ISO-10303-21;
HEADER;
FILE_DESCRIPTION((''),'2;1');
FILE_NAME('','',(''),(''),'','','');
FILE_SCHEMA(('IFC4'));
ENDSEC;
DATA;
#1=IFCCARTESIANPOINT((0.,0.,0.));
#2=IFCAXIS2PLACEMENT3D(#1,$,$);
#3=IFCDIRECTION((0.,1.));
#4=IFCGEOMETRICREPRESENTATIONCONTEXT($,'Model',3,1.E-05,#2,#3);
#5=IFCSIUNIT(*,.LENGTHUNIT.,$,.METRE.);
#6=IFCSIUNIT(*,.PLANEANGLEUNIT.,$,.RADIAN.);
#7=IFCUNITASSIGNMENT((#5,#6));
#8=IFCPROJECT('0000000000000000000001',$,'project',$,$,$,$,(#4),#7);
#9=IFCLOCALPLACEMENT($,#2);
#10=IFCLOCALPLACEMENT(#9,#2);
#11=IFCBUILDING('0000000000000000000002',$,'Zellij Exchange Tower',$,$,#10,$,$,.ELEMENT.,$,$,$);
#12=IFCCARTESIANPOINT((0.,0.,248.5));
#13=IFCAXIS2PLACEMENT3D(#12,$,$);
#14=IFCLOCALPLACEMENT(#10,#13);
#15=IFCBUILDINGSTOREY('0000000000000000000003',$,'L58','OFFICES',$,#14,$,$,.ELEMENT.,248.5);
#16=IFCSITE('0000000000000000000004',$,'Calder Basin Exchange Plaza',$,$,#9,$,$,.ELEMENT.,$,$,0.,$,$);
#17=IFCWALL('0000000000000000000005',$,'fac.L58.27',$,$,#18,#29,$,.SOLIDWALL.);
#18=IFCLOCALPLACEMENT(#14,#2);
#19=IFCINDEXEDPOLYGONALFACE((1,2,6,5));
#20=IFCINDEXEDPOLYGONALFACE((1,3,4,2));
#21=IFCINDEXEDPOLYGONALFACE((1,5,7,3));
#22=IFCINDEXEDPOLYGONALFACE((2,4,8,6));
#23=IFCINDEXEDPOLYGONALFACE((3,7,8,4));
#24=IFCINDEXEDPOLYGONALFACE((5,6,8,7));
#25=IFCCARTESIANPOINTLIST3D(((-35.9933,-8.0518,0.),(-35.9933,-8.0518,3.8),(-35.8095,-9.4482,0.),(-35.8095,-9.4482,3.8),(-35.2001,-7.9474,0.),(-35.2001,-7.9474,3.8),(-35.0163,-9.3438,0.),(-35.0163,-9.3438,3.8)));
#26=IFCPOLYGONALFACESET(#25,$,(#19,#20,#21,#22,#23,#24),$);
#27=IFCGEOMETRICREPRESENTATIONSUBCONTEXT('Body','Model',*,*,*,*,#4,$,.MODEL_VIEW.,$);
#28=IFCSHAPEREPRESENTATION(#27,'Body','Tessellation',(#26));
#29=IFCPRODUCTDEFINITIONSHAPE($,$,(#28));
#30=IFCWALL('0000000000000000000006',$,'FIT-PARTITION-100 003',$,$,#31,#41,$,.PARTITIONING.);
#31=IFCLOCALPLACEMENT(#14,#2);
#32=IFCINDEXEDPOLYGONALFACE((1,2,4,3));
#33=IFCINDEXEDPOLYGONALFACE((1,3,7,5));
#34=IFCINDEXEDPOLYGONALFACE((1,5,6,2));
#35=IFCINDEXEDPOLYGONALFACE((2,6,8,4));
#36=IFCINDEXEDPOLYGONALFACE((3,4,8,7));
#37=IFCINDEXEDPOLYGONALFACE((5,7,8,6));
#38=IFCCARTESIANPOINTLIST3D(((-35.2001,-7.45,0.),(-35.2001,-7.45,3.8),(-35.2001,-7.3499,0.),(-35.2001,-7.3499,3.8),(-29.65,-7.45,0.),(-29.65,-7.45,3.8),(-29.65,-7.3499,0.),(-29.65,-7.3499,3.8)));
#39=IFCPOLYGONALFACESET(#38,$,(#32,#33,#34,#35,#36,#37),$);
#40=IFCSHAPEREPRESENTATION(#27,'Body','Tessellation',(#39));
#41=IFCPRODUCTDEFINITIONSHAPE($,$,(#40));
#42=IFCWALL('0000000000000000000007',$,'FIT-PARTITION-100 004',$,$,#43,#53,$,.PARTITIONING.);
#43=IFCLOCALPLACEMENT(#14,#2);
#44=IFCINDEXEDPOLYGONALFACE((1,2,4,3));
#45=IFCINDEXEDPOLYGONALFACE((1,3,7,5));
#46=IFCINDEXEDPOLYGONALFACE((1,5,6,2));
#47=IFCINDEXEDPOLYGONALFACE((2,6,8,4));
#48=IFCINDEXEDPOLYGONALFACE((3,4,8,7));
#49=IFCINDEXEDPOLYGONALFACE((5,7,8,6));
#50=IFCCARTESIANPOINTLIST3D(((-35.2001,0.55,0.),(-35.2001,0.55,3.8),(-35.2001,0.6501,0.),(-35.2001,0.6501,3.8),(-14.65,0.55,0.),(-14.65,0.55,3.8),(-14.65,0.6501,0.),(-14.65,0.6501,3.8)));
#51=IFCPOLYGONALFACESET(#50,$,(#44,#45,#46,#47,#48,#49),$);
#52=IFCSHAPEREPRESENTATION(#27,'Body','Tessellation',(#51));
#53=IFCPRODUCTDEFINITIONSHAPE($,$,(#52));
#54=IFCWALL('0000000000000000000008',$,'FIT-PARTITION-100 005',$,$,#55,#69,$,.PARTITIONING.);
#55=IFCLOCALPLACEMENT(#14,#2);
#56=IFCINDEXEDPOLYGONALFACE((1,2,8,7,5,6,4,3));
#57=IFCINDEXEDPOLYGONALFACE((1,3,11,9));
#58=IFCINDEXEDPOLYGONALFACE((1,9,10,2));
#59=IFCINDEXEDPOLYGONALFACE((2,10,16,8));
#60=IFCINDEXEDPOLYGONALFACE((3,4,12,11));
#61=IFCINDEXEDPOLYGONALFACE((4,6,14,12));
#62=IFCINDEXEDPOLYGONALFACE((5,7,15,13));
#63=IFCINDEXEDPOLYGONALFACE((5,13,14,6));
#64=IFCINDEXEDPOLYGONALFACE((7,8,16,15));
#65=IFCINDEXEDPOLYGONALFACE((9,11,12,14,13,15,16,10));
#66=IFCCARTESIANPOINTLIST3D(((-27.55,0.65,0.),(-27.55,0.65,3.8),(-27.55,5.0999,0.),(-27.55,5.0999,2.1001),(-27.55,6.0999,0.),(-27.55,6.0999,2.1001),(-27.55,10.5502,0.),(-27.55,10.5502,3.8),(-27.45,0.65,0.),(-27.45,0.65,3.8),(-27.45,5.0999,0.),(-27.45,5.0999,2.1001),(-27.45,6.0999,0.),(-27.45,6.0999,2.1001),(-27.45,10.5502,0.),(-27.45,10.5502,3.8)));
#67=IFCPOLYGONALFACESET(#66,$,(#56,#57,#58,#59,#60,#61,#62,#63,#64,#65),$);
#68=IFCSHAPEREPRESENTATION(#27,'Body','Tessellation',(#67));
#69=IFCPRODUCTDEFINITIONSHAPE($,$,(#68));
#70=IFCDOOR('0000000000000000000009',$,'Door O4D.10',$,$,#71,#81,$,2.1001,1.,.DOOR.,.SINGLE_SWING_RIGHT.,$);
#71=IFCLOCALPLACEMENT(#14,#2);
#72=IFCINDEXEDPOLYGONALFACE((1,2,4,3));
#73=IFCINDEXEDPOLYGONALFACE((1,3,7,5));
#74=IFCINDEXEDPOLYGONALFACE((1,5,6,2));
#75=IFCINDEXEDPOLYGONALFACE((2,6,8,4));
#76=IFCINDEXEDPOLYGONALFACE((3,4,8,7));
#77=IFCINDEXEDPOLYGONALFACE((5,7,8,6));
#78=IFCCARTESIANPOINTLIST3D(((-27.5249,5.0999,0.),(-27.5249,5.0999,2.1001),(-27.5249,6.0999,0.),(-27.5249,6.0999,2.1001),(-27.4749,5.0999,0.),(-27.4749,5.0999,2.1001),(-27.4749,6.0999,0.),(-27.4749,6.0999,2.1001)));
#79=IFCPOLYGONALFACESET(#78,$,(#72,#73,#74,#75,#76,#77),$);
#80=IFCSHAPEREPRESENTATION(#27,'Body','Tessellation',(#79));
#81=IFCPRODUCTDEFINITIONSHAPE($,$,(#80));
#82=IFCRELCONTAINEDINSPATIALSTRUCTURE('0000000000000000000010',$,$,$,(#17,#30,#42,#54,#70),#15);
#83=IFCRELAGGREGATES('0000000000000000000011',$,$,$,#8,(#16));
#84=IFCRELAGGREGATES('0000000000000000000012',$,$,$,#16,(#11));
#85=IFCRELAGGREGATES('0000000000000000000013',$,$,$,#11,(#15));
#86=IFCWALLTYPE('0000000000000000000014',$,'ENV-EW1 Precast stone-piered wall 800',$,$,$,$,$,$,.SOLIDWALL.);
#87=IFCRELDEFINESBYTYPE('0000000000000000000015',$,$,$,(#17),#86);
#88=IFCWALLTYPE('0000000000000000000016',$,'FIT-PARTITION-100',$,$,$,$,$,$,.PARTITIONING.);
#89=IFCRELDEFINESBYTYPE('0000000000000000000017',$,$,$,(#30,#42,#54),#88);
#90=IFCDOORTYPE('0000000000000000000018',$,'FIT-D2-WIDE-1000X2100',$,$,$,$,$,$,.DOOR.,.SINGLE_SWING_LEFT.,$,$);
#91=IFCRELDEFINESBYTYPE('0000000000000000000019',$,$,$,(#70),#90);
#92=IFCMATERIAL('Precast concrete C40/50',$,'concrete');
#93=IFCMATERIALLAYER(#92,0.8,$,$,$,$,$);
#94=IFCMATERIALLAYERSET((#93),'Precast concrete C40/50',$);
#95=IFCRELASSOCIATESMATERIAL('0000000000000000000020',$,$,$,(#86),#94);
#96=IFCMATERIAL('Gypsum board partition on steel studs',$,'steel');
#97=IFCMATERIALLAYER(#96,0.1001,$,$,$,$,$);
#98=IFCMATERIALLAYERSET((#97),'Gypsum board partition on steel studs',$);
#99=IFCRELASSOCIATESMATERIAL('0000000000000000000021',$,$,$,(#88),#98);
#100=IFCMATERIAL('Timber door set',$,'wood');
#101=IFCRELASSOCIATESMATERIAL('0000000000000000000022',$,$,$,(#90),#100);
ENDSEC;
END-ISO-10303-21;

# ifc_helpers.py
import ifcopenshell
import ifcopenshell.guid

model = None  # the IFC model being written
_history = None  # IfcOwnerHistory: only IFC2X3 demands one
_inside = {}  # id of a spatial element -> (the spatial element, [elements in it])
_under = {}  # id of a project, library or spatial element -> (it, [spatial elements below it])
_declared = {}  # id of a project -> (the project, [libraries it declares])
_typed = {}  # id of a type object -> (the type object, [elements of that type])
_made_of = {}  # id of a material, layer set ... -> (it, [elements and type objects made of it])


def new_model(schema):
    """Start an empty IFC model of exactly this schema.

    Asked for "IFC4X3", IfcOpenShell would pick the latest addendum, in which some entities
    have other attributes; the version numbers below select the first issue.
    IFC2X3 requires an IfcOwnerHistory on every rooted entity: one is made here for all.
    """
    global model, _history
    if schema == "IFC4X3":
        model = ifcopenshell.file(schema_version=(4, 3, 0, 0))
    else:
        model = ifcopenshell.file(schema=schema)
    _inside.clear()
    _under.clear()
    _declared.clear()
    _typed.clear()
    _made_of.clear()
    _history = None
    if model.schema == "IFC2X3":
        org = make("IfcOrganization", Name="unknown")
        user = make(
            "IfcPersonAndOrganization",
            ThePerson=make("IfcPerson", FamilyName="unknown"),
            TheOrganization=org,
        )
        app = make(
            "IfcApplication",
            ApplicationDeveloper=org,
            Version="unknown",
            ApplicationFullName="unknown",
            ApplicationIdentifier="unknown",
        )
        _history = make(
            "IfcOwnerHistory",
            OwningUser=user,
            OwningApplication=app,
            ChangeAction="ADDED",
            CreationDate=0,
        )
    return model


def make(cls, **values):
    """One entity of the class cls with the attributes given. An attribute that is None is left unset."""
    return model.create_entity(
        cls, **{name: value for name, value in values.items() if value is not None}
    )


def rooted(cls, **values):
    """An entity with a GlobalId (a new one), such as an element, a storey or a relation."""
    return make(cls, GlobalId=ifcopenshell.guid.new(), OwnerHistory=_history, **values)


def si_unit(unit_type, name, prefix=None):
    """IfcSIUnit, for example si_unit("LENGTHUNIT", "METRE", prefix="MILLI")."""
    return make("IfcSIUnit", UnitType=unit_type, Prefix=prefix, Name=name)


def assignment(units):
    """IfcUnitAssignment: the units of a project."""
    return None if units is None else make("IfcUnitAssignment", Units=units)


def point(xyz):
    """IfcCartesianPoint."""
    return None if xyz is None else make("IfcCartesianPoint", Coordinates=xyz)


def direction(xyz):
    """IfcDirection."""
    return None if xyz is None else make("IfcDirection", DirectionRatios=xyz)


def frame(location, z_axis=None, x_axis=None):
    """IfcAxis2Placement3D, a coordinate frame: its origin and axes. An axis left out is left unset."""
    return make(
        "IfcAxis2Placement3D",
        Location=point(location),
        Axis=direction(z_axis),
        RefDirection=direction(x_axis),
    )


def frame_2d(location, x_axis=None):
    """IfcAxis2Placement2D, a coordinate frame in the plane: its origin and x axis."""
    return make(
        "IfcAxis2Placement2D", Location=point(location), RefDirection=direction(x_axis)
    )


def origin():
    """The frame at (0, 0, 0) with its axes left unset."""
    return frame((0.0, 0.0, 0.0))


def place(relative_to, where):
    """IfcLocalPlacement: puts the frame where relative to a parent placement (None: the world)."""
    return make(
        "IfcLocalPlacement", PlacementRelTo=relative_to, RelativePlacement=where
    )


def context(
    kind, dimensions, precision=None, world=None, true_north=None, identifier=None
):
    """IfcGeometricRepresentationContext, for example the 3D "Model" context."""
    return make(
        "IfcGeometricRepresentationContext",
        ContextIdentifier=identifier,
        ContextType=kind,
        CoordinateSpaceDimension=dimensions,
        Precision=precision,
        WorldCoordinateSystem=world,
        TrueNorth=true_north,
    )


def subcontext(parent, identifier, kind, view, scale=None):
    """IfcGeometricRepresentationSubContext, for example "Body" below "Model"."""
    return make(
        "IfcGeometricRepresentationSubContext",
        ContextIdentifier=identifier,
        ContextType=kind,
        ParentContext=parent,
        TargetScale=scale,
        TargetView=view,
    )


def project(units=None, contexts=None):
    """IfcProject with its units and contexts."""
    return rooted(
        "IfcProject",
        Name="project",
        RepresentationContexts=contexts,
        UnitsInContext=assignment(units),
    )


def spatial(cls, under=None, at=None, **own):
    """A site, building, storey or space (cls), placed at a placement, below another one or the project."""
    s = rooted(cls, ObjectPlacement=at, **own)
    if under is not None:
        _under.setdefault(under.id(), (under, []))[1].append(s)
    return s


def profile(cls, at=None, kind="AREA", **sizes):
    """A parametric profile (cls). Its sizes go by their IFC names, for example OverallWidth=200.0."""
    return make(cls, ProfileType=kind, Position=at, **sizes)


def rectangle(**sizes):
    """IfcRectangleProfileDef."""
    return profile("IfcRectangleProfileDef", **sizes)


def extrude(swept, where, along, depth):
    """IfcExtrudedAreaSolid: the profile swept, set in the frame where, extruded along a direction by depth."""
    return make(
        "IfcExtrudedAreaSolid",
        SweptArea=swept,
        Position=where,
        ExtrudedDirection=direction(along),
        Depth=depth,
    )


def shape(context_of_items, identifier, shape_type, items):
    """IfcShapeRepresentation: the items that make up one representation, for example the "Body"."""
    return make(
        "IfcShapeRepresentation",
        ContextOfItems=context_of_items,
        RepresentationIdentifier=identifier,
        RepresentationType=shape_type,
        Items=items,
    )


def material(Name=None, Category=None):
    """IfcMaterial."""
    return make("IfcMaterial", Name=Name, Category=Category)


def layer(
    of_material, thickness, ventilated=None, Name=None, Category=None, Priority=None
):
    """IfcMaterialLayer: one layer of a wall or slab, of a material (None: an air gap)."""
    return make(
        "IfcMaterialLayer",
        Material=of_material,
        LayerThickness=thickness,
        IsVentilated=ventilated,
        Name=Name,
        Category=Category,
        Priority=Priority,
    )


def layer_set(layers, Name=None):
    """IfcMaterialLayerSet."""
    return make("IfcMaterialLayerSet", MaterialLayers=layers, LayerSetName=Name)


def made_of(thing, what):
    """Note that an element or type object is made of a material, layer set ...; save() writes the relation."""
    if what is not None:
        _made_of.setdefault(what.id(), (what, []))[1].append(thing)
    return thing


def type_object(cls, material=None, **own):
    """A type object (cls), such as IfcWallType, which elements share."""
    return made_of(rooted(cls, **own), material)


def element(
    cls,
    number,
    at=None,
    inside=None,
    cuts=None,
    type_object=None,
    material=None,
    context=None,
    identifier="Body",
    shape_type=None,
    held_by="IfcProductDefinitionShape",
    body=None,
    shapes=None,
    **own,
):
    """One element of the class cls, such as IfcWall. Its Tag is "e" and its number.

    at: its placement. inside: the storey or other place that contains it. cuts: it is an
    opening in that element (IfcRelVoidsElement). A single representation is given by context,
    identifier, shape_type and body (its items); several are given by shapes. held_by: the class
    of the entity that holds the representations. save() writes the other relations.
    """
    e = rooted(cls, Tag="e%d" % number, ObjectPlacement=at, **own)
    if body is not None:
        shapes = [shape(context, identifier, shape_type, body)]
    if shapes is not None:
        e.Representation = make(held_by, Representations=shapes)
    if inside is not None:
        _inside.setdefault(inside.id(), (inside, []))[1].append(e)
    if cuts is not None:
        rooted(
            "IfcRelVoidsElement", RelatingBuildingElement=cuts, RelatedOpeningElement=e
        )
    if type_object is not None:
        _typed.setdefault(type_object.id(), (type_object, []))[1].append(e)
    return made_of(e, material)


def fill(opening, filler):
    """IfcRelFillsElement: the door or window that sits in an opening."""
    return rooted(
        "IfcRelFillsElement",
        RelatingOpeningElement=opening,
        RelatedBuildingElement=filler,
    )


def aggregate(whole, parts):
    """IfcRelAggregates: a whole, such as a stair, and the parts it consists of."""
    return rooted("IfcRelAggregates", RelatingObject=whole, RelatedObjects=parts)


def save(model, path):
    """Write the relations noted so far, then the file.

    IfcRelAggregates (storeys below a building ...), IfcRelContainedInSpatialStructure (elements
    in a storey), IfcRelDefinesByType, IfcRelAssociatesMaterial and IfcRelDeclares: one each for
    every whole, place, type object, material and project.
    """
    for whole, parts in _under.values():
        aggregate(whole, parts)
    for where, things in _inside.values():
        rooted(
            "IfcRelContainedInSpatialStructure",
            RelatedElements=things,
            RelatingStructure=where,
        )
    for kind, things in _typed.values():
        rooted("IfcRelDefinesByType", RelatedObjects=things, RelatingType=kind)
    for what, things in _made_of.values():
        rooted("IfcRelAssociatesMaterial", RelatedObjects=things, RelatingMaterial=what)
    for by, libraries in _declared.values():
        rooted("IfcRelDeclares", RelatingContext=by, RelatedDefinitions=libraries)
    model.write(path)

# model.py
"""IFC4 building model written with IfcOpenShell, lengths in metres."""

from ifc_helpers import new_model, si_unit, direction, frame, frame_2d, origin, place, context, subcontext, project, spatial, rectangle, extrude, material, layer, layer_set, type_object, element, fill, save


model = new_model("IFC4")

# Units and contexts
model_context = context("Model", 3, precision=1e-05, world=origin(), true_north=direction((0.0, 1.0)))
body_context = subcontext(model_context, "Body", "Model", "MODEL_VIEW")
ifc_project = project(units=[si_unit("LENGTHUNIT", "METRE"), si_unit("PLANEANGLEUNIT", "RADIAN")], contexts=[model_context])

# Site, building, storey
site_placement = place(None, origin())
site = spatial("IfcSite", under=ifc_project, at=site_placement, Name="Calder Basin Exchange Plaza", CompositionType="ELEMENT", RefElevation=0.0)
building_placement = place(site_placement, origin())
building = spatial("IfcBuilding", under=site, at=building_placement, Name="Zellij Exchange Tower", CompositionType="ELEMENT")
storey_placement = place(building_placement, frame((0.0, 0.0, 248.5)))
storey = spatial("IfcBuildingStorey", under=building, at=storey_placement, Name="L58", Description="OFFICES", CompositionType="ELEMENT", Elevation=248.5)

# Walls
ifc_material_1 = material(Name="Precast concrete C40/50", Category="concrete")
ifc_layer_1 = layer(ifc_material_1, 0.8)
ifc_layer_set_1 = layer_set([ifc_layer_1], Name="Precast concrete C40/50")
wall_type_1 = type_object("IfcWallType", Name="ENV-EW1 Precast stone-piered wall 800", PredefinedType="SOLIDWALL", material=ifc_layer_set_1)
wall_1_placement = place(storey_placement, frame((-35.5967, -7.9998, 0.0), z_axis=(0.0, 0.0, 1.0), x_axis=(0.130517, -0.991446, 0.0)))
element("IfcWall", 1, at=wall_1_placement, inside=storey, type_object=wall_type_1, Name="fac.L58.27", PredefinedType="SOLIDWALL", context=body_context, shape_type="SweptSolid", body=[
    extrude(rectangle(XDim=1.4084, YDim=0.8, at=frame_2d((0.7041, 0.0))), origin(), (0.0, 0.0, 1.0), 3.8),
])
ifc_material_2 = material(Name="Gypsum board partition on steel studs", Category="steel")
ifc_layer_2 = layer(ifc_material_2, 0.1001)
ifc_layer_set_2 = layer_set([ifc_layer_2], Name="Gypsum board partition on steel studs")
wall_type_2 = type_object("IfcWallType", Name="FIT-PARTITION-100", PredefinedType="PARTITIONING", material=ifc_layer_set_2)
wall_2_placement = place(storey_placement, frame((-35.2, -7.3999, 0.0), z_axis=(0.0, 0.0, 1.0), x_axis=(1.0, 0.0, 0.0)))
element("IfcWall", 2, at=wall_2_placement, inside=storey, type_object=wall_type_2, Name="FIT-PARTITION-100 003", PredefinedType="PARTITIONING", context=body_context, shape_type="SweptSolid", body=[
    extrude(rectangle(XDim=5.55, YDim=0.1001, at=frame_2d((2.7749, 0.0))), origin(), (0.0, 0.0, 1.0), 3.8),
])
wall_3_placement = place(storey_placement, frame((-35.2, 0.6001, 0.0), z_axis=(0.0, 0.0, 1.0), x_axis=(1.0, 0.0, 0.0)))
element("IfcWall", 3, at=wall_3_placement, inside=storey, type_object=wall_type_2, Name="FIT-PARTITION-100 004", PredefinedType="PARTITIONING", context=body_context, shape_type="SweptSolid", body=[
    extrude(rectangle(XDim=20.55, YDim=0.1001, at=frame_2d((10.2749, 0.0))), origin(), (0.0, 0.0, 1.0), 3.8),
])

# Wall, opening, door
wall_4_placement = place(storey_placement, frame((-27.5, 0.6499, 0.0), z_axis=(0.0, 0.0, 1.0), x_axis=(0.0, 1.0, 0.0)))
wall_4 = element("IfcWall", 4, at=wall_4_placement, inside=storey, type_object=wall_type_2, Name="FIT-PARTITION-100 005", PredefinedType="PARTITIONING", context=body_context, shape_type="SweptSolid", body=[
    extrude(rectangle(XDim=9.9001, YDim=0.1001, at=frame_2d((4.9502, 0.0))), origin(), (0.0, 0.0, 1.0), 3.8),
])
opening_1_placement = place(wall_4_placement, frame((4.45, 0.0, 0.0)))
opening_1 = element("IfcOpeningElement", 5, at=opening_1_placement, cuts=wall_4, PredefinedType="OPENING", context=body_context, shape_type="SweptSolid", body=[
    extrude(rectangle(XDim=1.0, YDim=2.1001, at=frame_2d((0.5, 1.05))), frame((0.0, 0.062, 0.0), z_axis=(0.0, -1.0, 0.0), x_axis=(1.0, 0.0, 0.0)), (0.0, 0.0, 1.0), 0.124),
])
ifc_material_3 = material(Name="Timber door set", Category="wood")
door_type_1 = type_object("IfcDoorType", Name="FIT-D2-WIDE-1000X2100", OperationType="SINGLE_SWING_LEFT", PredefinedType="DOOR", material=ifc_material_3)
door_1_placement = place(opening_1_placement, origin())
door_1 = element("IfcDoor", 6, at=door_1_placement, inside=storey, type_object=door_type_1, Name="Door O4D.10", OperationType="SINGLE_SWING_RIGHT", OverallHeight=2.1001, OverallWidth=1.0, PredefinedType="DOOR", context=body_context, shape_type="SweptSolid", body=[
    extrude(rectangle(XDim=1.0, YDim=2.1001, at=frame_2d((0.5, 1.05))), frame((0.0, 0.0249, 0.0), z_axis=(0.0, -1.0, 0.0), x_axis=(1.0, 0.0, 0.0)), (0.0, 0.0, 1.0), 0.05),
])
fill(opening_1, door_1)

save(model, "model.ifc")
